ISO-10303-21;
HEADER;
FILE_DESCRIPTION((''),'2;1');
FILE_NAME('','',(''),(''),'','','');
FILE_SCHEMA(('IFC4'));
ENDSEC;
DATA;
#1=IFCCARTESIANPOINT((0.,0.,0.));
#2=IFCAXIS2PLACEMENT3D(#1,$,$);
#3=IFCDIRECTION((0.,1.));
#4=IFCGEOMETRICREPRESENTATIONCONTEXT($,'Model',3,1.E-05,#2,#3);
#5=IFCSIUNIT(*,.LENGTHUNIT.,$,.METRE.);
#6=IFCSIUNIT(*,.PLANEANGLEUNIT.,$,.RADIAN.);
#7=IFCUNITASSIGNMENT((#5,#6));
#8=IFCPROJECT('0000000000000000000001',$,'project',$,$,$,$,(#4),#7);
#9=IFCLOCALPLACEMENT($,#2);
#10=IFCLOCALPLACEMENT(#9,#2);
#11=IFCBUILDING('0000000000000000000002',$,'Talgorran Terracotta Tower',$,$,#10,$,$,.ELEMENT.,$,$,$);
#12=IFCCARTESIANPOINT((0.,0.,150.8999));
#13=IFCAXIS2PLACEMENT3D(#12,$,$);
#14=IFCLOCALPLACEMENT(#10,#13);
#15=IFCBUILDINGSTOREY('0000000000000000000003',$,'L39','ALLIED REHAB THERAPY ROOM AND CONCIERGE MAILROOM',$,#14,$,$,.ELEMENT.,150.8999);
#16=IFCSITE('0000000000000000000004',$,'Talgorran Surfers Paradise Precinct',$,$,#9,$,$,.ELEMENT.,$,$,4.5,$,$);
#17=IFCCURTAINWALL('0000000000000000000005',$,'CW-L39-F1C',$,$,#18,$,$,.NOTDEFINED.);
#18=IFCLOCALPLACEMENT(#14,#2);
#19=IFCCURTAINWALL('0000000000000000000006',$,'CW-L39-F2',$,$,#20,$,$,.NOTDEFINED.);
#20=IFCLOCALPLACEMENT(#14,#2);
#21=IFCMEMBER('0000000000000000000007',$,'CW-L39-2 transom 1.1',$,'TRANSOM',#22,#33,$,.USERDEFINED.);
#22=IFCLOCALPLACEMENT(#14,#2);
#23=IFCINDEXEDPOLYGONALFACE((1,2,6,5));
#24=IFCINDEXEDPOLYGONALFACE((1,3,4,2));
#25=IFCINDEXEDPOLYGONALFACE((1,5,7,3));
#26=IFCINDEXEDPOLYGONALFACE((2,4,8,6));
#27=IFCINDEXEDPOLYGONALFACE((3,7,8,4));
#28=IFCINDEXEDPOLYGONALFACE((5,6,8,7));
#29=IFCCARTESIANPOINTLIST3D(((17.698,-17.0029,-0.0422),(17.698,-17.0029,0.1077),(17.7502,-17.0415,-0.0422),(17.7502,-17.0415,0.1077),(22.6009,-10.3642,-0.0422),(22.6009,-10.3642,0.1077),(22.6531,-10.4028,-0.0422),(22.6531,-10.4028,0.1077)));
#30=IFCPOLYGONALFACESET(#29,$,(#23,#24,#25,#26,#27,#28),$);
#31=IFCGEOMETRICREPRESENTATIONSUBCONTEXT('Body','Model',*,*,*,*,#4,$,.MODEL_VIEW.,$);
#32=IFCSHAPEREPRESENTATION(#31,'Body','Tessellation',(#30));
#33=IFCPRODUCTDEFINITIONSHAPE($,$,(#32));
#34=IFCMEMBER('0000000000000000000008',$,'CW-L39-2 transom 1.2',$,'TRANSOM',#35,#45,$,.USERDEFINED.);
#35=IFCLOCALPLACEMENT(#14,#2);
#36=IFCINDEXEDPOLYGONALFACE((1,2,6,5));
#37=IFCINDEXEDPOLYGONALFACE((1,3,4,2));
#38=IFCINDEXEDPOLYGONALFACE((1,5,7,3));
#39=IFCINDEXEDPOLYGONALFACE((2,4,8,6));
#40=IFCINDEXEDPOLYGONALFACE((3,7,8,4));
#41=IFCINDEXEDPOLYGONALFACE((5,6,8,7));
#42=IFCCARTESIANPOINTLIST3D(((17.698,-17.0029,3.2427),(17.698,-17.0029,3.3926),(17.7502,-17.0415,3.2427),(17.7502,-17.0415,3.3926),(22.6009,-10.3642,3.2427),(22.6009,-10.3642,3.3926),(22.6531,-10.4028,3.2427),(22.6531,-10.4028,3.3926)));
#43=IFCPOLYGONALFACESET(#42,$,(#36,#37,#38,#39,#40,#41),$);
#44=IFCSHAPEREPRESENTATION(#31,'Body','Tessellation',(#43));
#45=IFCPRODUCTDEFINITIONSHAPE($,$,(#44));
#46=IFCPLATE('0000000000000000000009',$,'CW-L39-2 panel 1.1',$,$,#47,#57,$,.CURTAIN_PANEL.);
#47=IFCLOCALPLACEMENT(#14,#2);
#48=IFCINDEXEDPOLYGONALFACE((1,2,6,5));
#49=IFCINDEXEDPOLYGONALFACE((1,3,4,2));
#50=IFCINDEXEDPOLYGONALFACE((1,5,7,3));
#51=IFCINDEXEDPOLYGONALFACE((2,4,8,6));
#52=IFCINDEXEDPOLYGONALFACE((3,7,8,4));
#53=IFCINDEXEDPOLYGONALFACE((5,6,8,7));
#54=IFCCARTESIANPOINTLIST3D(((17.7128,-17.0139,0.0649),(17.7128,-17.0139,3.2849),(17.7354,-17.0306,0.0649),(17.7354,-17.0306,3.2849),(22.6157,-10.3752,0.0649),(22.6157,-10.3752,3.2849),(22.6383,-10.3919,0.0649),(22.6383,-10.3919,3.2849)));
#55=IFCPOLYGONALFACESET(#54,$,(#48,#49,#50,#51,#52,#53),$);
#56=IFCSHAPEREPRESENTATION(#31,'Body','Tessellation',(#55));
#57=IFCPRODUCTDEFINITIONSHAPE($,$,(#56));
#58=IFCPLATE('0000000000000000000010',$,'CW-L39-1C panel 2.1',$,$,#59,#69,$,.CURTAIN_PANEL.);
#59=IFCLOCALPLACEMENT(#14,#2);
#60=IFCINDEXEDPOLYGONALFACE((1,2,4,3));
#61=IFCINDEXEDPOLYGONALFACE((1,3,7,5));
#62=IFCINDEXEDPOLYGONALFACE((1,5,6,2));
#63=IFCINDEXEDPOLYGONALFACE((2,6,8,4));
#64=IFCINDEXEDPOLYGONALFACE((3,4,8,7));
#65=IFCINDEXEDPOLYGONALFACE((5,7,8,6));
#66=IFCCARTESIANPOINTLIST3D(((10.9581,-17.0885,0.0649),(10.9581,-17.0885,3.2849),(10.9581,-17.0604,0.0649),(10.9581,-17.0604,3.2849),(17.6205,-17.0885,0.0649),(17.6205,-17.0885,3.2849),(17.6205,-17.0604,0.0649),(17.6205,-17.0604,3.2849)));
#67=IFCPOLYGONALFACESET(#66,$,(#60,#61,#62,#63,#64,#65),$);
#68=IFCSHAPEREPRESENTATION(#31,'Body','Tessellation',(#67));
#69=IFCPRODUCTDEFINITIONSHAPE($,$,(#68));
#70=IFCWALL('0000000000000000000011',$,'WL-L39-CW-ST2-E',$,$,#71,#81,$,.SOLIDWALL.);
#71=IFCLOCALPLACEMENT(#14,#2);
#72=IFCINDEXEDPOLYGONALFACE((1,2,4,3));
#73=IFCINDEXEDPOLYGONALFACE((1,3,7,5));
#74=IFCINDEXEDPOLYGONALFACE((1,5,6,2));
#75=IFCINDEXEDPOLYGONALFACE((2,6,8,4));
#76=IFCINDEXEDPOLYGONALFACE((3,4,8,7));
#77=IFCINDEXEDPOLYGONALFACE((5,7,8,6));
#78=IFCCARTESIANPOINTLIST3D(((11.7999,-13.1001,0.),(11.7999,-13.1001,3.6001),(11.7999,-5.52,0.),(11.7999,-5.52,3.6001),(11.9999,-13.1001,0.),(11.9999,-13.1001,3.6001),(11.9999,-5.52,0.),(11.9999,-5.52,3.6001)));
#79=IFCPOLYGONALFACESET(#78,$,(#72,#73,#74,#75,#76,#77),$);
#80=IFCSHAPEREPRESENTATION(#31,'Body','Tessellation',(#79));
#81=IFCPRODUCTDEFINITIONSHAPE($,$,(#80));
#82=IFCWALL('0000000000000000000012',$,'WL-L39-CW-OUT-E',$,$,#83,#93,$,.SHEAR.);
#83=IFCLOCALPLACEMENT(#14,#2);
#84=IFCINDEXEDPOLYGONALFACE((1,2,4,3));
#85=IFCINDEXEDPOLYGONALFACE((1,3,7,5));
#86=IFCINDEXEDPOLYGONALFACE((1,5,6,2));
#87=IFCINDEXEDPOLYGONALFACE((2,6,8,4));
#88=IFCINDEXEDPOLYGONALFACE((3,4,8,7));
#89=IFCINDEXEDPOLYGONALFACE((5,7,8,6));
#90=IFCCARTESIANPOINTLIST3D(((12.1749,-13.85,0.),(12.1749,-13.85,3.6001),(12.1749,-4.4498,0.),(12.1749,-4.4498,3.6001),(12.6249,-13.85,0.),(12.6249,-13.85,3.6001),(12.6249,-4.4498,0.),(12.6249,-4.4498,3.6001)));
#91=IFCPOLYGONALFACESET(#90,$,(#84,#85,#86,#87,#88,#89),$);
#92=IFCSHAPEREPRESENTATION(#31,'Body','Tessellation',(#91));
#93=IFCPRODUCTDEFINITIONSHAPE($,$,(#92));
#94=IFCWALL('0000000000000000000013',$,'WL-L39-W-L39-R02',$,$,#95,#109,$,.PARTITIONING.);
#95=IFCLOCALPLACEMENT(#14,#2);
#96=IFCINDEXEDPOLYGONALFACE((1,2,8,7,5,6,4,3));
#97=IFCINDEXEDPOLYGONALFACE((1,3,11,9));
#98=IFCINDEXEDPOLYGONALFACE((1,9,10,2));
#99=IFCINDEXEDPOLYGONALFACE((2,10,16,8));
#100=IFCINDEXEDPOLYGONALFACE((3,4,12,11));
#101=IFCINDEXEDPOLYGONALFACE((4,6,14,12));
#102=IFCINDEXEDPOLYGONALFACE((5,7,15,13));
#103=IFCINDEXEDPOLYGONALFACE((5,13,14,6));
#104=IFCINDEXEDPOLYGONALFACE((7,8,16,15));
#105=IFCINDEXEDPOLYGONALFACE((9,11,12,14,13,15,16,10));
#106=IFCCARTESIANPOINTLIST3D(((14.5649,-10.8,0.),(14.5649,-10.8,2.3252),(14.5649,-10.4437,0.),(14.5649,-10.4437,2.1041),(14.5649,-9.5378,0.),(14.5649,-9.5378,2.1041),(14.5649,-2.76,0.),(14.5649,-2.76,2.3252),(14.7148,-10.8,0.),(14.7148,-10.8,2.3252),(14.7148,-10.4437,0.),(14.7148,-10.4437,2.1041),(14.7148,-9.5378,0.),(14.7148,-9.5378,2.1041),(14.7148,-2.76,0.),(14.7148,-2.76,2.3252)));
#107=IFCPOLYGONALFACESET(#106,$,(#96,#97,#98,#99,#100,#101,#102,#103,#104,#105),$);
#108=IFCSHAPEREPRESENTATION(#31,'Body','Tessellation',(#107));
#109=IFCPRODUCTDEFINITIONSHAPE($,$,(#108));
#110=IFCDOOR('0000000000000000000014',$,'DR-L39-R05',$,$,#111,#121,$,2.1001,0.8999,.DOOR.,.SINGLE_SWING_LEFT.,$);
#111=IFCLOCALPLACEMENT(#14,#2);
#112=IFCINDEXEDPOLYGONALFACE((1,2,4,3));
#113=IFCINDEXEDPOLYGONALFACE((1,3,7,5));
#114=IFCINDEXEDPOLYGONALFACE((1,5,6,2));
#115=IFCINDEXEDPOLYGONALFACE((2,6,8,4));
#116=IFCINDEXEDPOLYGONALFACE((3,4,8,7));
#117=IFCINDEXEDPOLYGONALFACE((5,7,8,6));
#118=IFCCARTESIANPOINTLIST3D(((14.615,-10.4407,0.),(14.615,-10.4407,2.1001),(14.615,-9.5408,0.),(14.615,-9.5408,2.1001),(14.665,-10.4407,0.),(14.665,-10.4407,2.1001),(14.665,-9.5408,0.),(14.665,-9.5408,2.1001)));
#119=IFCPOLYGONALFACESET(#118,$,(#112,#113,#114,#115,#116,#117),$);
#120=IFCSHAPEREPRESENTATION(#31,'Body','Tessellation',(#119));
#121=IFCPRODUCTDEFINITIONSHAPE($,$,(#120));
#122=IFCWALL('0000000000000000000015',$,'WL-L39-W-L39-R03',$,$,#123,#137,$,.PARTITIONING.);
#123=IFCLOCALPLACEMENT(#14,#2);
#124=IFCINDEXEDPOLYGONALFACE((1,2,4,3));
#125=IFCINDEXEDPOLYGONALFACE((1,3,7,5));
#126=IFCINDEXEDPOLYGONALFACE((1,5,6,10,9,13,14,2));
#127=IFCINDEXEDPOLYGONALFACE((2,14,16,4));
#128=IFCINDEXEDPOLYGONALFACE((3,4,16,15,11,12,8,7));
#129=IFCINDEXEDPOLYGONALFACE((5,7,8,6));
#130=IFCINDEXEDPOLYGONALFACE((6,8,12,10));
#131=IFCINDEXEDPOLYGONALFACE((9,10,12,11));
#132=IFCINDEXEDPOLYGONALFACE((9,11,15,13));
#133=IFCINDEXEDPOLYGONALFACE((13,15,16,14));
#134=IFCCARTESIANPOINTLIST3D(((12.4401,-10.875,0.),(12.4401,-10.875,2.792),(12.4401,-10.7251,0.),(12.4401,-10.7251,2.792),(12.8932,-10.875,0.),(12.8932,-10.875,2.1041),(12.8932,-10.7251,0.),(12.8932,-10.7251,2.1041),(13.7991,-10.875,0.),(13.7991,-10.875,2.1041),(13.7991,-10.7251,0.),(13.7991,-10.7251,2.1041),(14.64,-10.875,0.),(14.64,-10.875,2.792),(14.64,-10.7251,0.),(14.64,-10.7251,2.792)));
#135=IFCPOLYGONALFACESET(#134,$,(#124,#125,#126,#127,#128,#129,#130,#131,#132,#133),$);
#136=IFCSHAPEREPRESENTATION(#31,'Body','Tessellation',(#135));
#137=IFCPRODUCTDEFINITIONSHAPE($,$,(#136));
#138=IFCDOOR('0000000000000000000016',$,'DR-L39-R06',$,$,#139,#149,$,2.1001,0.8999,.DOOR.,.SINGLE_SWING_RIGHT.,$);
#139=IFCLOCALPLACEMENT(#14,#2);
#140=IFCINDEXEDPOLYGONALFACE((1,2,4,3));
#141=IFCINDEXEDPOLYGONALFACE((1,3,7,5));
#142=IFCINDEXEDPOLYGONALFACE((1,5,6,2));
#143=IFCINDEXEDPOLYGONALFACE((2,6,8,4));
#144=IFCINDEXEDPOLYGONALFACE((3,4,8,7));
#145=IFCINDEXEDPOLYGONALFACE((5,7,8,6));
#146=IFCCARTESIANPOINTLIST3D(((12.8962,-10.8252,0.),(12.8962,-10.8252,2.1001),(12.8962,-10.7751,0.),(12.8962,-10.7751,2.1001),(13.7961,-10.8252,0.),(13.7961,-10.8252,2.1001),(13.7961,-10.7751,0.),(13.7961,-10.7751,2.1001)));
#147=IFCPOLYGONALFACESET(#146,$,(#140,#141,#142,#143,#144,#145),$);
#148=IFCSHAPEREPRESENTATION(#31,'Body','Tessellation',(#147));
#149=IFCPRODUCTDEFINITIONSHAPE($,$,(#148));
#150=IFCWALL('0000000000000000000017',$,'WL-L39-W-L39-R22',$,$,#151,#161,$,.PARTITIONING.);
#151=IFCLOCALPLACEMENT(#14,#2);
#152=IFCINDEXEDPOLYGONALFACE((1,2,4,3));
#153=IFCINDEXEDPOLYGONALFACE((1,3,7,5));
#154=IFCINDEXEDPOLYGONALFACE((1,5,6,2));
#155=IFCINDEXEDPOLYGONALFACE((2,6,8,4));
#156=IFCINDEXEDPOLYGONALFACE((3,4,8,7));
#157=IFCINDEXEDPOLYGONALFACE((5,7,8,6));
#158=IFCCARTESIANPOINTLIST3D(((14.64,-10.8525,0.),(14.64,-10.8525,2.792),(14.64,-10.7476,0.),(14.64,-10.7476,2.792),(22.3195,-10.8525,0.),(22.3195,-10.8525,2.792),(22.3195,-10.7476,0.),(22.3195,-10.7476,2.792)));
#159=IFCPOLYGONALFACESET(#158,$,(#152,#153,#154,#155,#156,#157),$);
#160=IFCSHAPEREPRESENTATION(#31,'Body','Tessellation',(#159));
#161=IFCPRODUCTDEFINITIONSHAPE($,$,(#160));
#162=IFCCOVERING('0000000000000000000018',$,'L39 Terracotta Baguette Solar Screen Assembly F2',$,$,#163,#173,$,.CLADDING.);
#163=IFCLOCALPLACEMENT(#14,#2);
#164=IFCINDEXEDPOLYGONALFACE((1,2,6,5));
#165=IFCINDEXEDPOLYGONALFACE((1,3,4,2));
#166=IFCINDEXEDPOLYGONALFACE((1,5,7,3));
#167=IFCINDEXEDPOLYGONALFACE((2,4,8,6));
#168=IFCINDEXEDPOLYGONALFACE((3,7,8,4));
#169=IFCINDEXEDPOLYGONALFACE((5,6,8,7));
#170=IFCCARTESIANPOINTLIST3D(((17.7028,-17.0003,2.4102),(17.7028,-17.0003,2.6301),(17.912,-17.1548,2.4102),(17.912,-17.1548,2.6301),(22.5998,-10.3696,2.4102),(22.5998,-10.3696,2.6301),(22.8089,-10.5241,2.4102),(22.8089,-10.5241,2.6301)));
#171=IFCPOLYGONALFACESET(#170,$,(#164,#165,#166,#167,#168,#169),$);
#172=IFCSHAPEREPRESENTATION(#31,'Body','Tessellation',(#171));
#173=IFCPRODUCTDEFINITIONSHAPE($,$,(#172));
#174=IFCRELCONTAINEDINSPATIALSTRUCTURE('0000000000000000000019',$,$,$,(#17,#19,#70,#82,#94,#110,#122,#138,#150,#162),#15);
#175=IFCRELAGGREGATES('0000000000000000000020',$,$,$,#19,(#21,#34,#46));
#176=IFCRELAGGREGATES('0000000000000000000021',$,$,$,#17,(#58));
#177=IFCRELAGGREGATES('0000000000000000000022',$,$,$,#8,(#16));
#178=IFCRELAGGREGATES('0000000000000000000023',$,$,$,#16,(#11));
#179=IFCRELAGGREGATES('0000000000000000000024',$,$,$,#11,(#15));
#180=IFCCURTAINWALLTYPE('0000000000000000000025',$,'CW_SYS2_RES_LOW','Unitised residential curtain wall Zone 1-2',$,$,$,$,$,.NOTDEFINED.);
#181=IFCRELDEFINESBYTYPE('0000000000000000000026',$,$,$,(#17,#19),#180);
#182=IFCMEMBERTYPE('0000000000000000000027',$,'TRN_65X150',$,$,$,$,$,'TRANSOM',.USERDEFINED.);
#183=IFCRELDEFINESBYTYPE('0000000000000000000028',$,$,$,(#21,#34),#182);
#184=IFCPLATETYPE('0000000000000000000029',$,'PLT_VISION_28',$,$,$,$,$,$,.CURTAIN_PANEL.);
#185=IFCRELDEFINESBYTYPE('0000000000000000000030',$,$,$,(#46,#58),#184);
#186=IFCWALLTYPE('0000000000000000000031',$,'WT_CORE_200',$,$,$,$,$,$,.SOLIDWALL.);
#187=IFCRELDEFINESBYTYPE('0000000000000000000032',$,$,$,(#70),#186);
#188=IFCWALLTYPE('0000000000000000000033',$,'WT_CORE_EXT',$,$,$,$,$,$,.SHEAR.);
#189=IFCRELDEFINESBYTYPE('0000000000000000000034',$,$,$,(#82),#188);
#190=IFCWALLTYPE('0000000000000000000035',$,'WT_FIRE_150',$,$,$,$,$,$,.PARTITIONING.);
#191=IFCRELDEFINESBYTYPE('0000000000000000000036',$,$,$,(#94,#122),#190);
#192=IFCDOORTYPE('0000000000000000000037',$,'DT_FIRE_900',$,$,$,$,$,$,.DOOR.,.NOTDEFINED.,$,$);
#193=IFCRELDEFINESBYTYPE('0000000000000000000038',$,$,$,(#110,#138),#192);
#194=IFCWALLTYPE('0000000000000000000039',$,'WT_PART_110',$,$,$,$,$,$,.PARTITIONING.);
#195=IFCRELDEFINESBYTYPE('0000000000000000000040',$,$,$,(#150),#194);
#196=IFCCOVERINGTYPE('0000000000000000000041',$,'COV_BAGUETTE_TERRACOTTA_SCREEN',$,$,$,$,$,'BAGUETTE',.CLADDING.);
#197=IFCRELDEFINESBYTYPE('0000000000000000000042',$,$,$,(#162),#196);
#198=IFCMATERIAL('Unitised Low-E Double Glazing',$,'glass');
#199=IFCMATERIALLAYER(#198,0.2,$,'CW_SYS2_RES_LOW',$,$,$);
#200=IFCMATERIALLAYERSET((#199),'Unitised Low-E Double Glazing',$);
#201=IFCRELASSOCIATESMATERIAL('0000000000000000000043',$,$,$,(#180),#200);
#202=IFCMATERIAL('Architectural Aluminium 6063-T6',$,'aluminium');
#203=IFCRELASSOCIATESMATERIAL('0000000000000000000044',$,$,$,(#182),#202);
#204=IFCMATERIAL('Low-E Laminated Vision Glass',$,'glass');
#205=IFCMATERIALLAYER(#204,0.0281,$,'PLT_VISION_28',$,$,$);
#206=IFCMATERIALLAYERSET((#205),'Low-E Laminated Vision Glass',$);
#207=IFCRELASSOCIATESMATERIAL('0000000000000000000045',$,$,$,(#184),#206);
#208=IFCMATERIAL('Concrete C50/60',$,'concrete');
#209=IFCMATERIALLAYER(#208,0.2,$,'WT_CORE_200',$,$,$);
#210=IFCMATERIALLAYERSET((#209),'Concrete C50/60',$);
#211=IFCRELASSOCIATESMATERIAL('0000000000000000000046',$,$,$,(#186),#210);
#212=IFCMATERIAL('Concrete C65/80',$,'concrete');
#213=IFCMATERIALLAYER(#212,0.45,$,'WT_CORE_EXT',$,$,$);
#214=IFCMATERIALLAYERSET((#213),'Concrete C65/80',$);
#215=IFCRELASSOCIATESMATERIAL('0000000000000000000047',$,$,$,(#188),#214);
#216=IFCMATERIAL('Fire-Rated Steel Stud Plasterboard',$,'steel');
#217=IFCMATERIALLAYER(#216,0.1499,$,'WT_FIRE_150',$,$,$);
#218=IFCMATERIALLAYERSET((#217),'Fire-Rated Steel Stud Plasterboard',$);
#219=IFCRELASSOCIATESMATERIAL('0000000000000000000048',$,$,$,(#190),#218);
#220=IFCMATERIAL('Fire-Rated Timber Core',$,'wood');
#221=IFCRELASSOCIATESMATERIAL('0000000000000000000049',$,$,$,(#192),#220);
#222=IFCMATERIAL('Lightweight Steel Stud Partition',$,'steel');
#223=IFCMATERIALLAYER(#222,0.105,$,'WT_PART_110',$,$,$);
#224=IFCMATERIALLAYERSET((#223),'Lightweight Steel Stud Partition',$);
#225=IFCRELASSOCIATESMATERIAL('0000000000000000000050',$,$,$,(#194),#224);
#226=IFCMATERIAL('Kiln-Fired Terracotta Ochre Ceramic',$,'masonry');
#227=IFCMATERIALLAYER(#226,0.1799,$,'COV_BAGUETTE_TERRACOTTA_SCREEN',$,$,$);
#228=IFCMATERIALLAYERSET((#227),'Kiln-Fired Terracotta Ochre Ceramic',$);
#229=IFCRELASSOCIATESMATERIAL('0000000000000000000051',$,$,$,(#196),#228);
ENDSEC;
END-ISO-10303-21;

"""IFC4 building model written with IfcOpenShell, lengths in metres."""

from ifc_helpers import new_model, si_unit, direction, frame, frame_2d, origin, origin_2d, place, context, subcontext, project, spatial, rectangle, extrude, source, transform, mapped, material, layer, layer_set, material_profile, profile_set, type_object, type_shapes, element, fill, aggregate, save


model = new_model("IFC4")

# Units and contexts
model_context = context("Model", 3, precision=1e-05, world=origin(), true_north=direction((0.0, 1.0)))
body_context = subcontext(model_context, "Body", "Model", "MODEL_VIEW")
ifc_project = project(units=[si_unit("LENGTHUNIT", "METRE"), si_unit("PLANEANGLEUNIT", "RADIAN")], contexts=[model_context])

# Site, building, storey
site_placement = place(None, origin())
site = spatial("IfcSite", under=ifc_project, at=site_placement, Name="Talgorran Surfers Paradise Precinct", CompositionType="ELEMENT", RefElevation=4.5)
building_placement = place(site_placement, origin())
building = spatial("IfcBuilding", under=site, at=building_placement, Name="Talgorran Terracotta Tower", CompositionType="ELEMENT")
storey_placement = place(building_placement, frame((0.0, 0.0, 150.8999)))
storey = spatial("IfcBuildingStorey", under=building, at=storey_placement, Name="L39", Description="ALLIED REHAB THERAPY ROOM AND CONCIERGE MAILROOM", CompositionType="ELEMENT", Elevation=150.8999)

# Curtain wall
ifc_material_1 = material(Name="Unitised Low-E Double Glazing", Category="glass")
ifc_layer_1 = layer(ifc_material_1, 0.2, Name="CW_SYS2_RES_LOW")
ifc_layer_set_1 = layer_set([ifc_layer_1], Name="Unitised Low-E Double Glazing")
curtain_wall_type = type_object("IfcCurtainWallType", Name="CW_SYS2_RES_LOW", Description="Unitised residential curtain wall Zone 1-2", PredefinedType="NOTDEFINED", material=ifc_layer_set_1)
curtain_wall_1_placement = place(storey_placement, origin())
curtain_wall_1 = element("IfcCurtainWall", 1, at=curtain_wall_1_placement, inside=storey, type_object=curtain_wall_type, Name="CW-L39-F1C", PredefinedType="NOTDEFINED")
ifc_material_2 = material(Name="Architectural Aluminium 6063-T6", Category="aluminium")

# Curtain wall
curtain_wall_2_placement = place(storey_placement, origin())
curtain_wall_2 = element("IfcCurtainWall", 2, at=curtain_wall_2_placement, inside=storey, type_object=curtain_wall_type, Name="CW-L39-F2", PredefinedType="NOTDEFINED")

# Members
ifc_material_profile_1 = material_profile(ifc_material_2, rectangle(XDim=0.0649, YDim=0.1499, at=origin_2d()), Name="CWT65X150")
ifc_profile_set_1 = profile_set([ifc_material_profile_1], Name="Architectural Aluminium 6063-T6")
member_type_1 = type_object("IfcMemberType", Name="TRN_65X150", ElementType="TRANSOM", PredefinedType="USERDEFINED", material=ifc_profile_set_1)
member_1_placement = place(storey_placement, frame((17.7241, -17.0222, 0.0327), z_axis=(0.594077, 0.804408, 0.0), x_axis=(-0.804408, 0.594077, 0.0)))
member_1 = element("IfcMember", 3, at=member_1_placement, type_object=member_type_1, Name="CW-L39-2 transom 1.1", ObjectType="TRANSOM", PredefinedType="USERDEFINED", context=body_context, shape_type="SweptSolid", body=[
    extrude(rectangle(XDim=0.0649, YDim=0.1499, at=origin_2d()), origin(), (0.0, 0.0, 1.0), 8.2529),
])
member_2_placement = place(storey_placement, frame((17.7241, -17.0222, 3.3176), z_axis=(0.594077, 0.804408, 0.0), x_axis=(-0.804408, 0.594077, 0.0)))
member_2 = element("IfcMember", 4, at=member_2_placement, type_object=member_type_1, Name="CW-L39-2 transom 1.2", ObjectType="TRANSOM", PredefinedType="USERDEFINED", context=body_context, shape_type="SweptSolid", body=[
    extrude(rectangle(XDim=0.0649, YDim=0.1499, at=origin_2d()), origin(), (0.0, 0.0, 1.0), 8.2529),
])

# Plates
ifc_material_3 = material(Name="Low-E Laminated Vision Glass", Category="glass")
ifc_layer_2 = layer(ifc_material_3, 0.0281, Name="PLT_VISION_28")
ifc_layer_set_2 = layer_set([ifc_layer_2], Name="Low-E Laminated Vision Glass")
plate_type = type_object("IfcPlateType", Name="PLT_VISION_28", PredefinedType="CURTAIN_PANEL", material=ifc_layer_set_2)
shared_shape_1 = source(origin(), body_context, "Body", "SweptSolid", [
    extrude(rectangle(XDim=8.2529, YDim=0.0281, at=origin_2d()), origin(), (0.0, 0.0, 1.0), 3.22),
])
plate_1_placement = place(storey_placement, frame((20.1755, -13.7029, 0.0649), z_axis=(0.0, 0.0, 1.0), x_axis=(0.594082, 0.804404, 0.0)))
plate_1 = element("IfcPlate", 5, at=plate_1_placement, type_object=plate_type, Name="CW-L39-2 panel 1.1", PredefinedType="CURTAIN_PANEL", context=body_context, shape_type="MappedRepresentation", body=[
    mapped(shared_shape_1, transform((0.0, 0.0, 0.0), scale=1.0)),
])
aggregate(curtain_wall_2, [member_1, member_2, plate_1])
shared_shape_2 = source(origin(), body_context, "Body", "SweptSolid", [
    extrude(rectangle(XDim=6.6624, YDim=0.0281, at=origin_2d()), origin(), (0.0, 0.0, 1.0), 3.22),
])
type_shapes(plate_type, [shared_shape_1, shared_shape_2])
plate_2_placement = place(storey_placement, frame((14.2893, -17.0745, 0.0649), z_axis=(0.0, 0.0, 1.0), x_axis=(1.0, 0.0, 0.0)))
plate_2 = element("IfcPlate", 6, at=plate_2_placement, type_object=plate_type, Name="CW-L39-1C panel 2.1", PredefinedType="CURTAIN_PANEL", context=body_context, shape_type="MappedRepresentation", body=[
    mapped(shared_shape_2, transform((0.0, 0.0, 0.0), scale=1.0)),
])
aggregate(curtain_wall_1, [plate_2])

# Walls
ifc_material_4 = material(Name="Concrete C50/60", Category="concrete")
ifc_layer_3 = layer(ifc_material_4, 0.2, Name="WT_CORE_200")
ifc_layer_set_3 = layer_set([ifc_layer_3], Name="Concrete C50/60")
wall_type_1 = type_object("IfcWallType", Name="WT_CORE_200", PredefinedType="SOLIDWALL", material=ifc_layer_set_3)
wall_1_placement = place(storey_placement, frame((11.8999, -13.1001, 0.0), z_axis=(0.0, 0.0, 1.0), x_axis=(0.0, 1.0, 0.0)))
element("IfcWall", 7, at=wall_1_placement, inside=storey, type_object=wall_type_1, Name="WL-L39-CW-ST2-E", PredefinedType="SOLIDWALL", context=body_context, shape_type="SweptSolid", body=[
    extrude(rectangle(XDim=7.5801, YDim=0.2, at=frame_2d((3.79, 0.0))), origin(), (0.0, 0.0, 1.0), 3.6001),
])
ifc_material_5 = material(Name="Concrete C65/80", Category="concrete")
ifc_layer_4 = layer(ifc_material_5, 0.45, Name="WT_CORE_EXT")
ifc_layer_set_4 = layer_set([ifc_layer_4], Name="Concrete C65/80")
wall_type_2 = type_object("IfcWallType", Name="WT_CORE_EXT", PredefinedType="SHEAR", material=ifc_layer_set_4)
wall_2_placement = place(storey_placement, frame((12.3999, -13.8501, 0.0), z_axis=(0.0, 0.0, 1.0), x_axis=(0.0, 1.0, 0.0)))
element("IfcWall", 8, at=wall_2_placement, inside=storey, type_object=wall_type_2, Name="WL-L39-CW-OUT-E", PredefinedType="SHEAR", context=body_context, shape_type="SweptSolid", body=[
    extrude(rectangle(XDim=9.4001, YDim=0.45, at=frame_2d((4.7002, 0.0))), origin(), (0.0, 0.0, 1.0), 3.6001),
])

# Walls, openings, doors
ifc_material_6 = material(Name="Fire-Rated Steel Stud Plasterboard", Category="steel")
ifc_layer_5 = layer(ifc_material_6, 0.1499, Name="WT_FIRE_150")
ifc_layer_set_5 = layer_set([ifc_layer_5], Name="Fire-Rated Steel Stud Plasterboard")
wall_type_3 = type_object("IfcWallType", Name="WT_FIRE_150", PredefinedType="PARTITIONING", material=ifc_layer_set_5)
wall_3_placement = place(storey_placement, frame((14.6399, -10.8, 0.0), z_axis=(0.0, 0.0, 1.0), x_axis=(0.0, 1.0, 0.0)))
wall_3 = element("IfcWall", 9, at=wall_3_placement, inside=storey, type_object=wall_type_3, Name="WL-L39-W-L39-R02", PredefinedType="PARTITIONING", context=body_context, shape_type="SweptSolid", body=[
    extrude(rectangle(XDim=8.04, YDim=0.1499, at=frame_2d((4.02, 0.0))), origin(), (0.0, 0.0, 1.0), 2.3252),
])
opening_1_placement = place(wall_3_placement, frame((0.3594, 0.0, 0.0)))
opening_1 = element("IfcOpeningElement", 10, at=opening_1_placement, cuts=wall_3, PredefinedType="OPENING", context=body_context, shape_type="SweptSolid", body=[
    extrude(rectangle(XDim=0.9059, YDim=2.1041, at=frame_2d((0.45, 1.052))), frame((0.0, 0.085, 0.0), z_axis=(0.0, -1.0, 0.0), x_axis=(1.0, 0.0, 0.0)), (0.0, 0.0, 1.0), 0.1699),
])
ifc_material_7 = material(Name="Fire-Rated Timber Core", Category="wood")
door_type = type_object("IfcDoorType", Name="DT_FIRE_900", OperationType="NOTDEFINED", PredefinedType="DOOR", material=ifc_material_7)
door_1_placement = place(opening_1_placement, origin())
door_1 = element("IfcDoor", 11, at=door_1_placement, inside=storey, type_object=door_type, Name="DR-L39-R05", OperationType="SINGLE_SWING_LEFT", OverallHeight=2.1001, OverallWidth=0.8999, PredefinedType="DOOR", context=body_context, shape_type="SweptSolid", body=[
    extrude(rectangle(XDim=0.8999, YDim=2.1001, at=frame_2d((0.45, 1.05))), frame((0.0, 0.0249, 0.0), z_axis=(0.0, -1.0, 0.0), x_axis=(1.0, 0.0, 0.0)), (0.0, 0.0, 1.0), 0.05),
])
fill(opening_1, door_1)
wall_4_placement = place(storey_placement, frame((12.4399, -10.8, 0.0), z_axis=(0.0, 0.0, 1.0), x_axis=(1.0, 0.0, 0.0)))
wall_4 = element("IfcWall", 12, at=wall_4_placement, inside=storey, type_object=wall_type_3, Name="WL-L39-W-L39-R03", PredefinedType="PARTITIONING", context=body_context, shape_type="SweptSolid", body=[
    extrude(rectangle(XDim=2.2, YDim=0.1499, at=frame_2d((1.1001, 0.0))), origin(), (0.0, 0.0, 1.0), 2.792),
])
opening_2_placement = place(wall_4_placement, frame((0.4563, 0.0, 0.0)))
opening_2 = element("IfcOpeningElement", 13, at=opening_2_placement, cuts=wall_4, PredefinedType="OPENING", context=body_context, shape_type="SweptSolid", body=[
    extrude(rectangle(XDim=0.9059, YDim=2.1041, at=frame_2d((0.45, 1.052))), frame((0.0, 0.085, 0.0), z_axis=(0.0, -1.0, 0.0), x_axis=(1.0, 0.0, 0.0)), (0.0, 0.0, 1.0), 0.1699),
])
door_2_placement = place(opening_2_placement, origin())
door_2 = element("IfcDoor", 14, at=door_2_placement, inside=storey, type_object=door_type, Name="DR-L39-R06", OperationType="SINGLE_SWING_RIGHT", OverallHeight=2.1001, OverallWidth=0.8999, PredefinedType="DOOR", context=body_context, shape_type="SweptSolid", body=[
    extrude(rectangle(XDim=0.8999, YDim=2.1001, at=frame_2d((0.45, 1.05))), frame((0.0, 0.0249, 0.0), z_axis=(0.0, -1.0, 0.0), x_axis=(1.0, 0.0, 0.0)), (0.0, 0.0, 1.0), 0.05),
])
fill(opening_2, door_2)

# Wall
ifc_material_8 = material(Name="Lightweight Steel Stud Partition", Category="steel")
ifc_layer_6 = layer(ifc_material_8, 0.105, Name="WT_PART_110")
ifc_layer_set_6 = layer_set([ifc_layer_6], Name="Lightweight Steel Stud Partition")
wall_type_4 = type_object("IfcWallType", Name="WT_PART_110", PredefinedType="PARTITIONING", material=ifc_layer_set_6)
wall_5_placement = place(storey_placement, frame((14.6399, -10.8, 0.0), z_axis=(0.0, 0.0, 1.0), x_axis=(1.0, 0.0, 0.0)))
element("IfcWall", 15, at=wall_5_placement, inside=storey, type_object=wall_type_4, Name="WL-L39-W-L39-R22", PredefinedType="PARTITIONING", context=body_context, shape_type="SweptSolid", body=[
    extrude(rectangle(XDim=7.6794, YDim=0.105, at=frame_2d((3.8398, 0.0))), origin(), (0.0, 0.0, 1.0), 2.792),
])

# Covering
ifc_material_9 = material(Name="Kiln-Fired Terracotta Ochre Ceramic", Category="masonry")
ifc_layer_7 = layer(ifc_material_9, 0.1799, Name="COV_BAGUETTE_TERRACOTTA_SCREEN")
ifc_layer_set_7 = layer_set([ifc_layer_7], Name="Kiln-Fired Terracotta Ochre Ceramic")
covering_type_1 = type_object("IfcCoveringType", Name="COV_BAGUETTE_TERRACOTTA_SCREEN", ElementType="BAGUETTE", PredefinedType="CLADDING", material=ifc_layer_set_7)
covering_1_placement = place(storey_placement, frame((20.2559, -13.7622, 2.4102), z_axis=(0.0, 0.0, 1.0), x_axis=(0.594079, 0.804407, 0.0)))
element("IfcCovering", 16, at=covering_1_placement, inside=storey, type_object=covering_type_1, Name="L39 Terracotta Baguette Solar Screen Assembly F2", PredefinedType="CLADDING", context=body_context, shape_type="SweptSolid", body=[
    extrude(rectangle(XDim=8.2429, YDim=0.26, at=origin_2d()), origin(), (0.0, 0.0, 1.0), 0.22),
])

save(model, "model.ifc")
